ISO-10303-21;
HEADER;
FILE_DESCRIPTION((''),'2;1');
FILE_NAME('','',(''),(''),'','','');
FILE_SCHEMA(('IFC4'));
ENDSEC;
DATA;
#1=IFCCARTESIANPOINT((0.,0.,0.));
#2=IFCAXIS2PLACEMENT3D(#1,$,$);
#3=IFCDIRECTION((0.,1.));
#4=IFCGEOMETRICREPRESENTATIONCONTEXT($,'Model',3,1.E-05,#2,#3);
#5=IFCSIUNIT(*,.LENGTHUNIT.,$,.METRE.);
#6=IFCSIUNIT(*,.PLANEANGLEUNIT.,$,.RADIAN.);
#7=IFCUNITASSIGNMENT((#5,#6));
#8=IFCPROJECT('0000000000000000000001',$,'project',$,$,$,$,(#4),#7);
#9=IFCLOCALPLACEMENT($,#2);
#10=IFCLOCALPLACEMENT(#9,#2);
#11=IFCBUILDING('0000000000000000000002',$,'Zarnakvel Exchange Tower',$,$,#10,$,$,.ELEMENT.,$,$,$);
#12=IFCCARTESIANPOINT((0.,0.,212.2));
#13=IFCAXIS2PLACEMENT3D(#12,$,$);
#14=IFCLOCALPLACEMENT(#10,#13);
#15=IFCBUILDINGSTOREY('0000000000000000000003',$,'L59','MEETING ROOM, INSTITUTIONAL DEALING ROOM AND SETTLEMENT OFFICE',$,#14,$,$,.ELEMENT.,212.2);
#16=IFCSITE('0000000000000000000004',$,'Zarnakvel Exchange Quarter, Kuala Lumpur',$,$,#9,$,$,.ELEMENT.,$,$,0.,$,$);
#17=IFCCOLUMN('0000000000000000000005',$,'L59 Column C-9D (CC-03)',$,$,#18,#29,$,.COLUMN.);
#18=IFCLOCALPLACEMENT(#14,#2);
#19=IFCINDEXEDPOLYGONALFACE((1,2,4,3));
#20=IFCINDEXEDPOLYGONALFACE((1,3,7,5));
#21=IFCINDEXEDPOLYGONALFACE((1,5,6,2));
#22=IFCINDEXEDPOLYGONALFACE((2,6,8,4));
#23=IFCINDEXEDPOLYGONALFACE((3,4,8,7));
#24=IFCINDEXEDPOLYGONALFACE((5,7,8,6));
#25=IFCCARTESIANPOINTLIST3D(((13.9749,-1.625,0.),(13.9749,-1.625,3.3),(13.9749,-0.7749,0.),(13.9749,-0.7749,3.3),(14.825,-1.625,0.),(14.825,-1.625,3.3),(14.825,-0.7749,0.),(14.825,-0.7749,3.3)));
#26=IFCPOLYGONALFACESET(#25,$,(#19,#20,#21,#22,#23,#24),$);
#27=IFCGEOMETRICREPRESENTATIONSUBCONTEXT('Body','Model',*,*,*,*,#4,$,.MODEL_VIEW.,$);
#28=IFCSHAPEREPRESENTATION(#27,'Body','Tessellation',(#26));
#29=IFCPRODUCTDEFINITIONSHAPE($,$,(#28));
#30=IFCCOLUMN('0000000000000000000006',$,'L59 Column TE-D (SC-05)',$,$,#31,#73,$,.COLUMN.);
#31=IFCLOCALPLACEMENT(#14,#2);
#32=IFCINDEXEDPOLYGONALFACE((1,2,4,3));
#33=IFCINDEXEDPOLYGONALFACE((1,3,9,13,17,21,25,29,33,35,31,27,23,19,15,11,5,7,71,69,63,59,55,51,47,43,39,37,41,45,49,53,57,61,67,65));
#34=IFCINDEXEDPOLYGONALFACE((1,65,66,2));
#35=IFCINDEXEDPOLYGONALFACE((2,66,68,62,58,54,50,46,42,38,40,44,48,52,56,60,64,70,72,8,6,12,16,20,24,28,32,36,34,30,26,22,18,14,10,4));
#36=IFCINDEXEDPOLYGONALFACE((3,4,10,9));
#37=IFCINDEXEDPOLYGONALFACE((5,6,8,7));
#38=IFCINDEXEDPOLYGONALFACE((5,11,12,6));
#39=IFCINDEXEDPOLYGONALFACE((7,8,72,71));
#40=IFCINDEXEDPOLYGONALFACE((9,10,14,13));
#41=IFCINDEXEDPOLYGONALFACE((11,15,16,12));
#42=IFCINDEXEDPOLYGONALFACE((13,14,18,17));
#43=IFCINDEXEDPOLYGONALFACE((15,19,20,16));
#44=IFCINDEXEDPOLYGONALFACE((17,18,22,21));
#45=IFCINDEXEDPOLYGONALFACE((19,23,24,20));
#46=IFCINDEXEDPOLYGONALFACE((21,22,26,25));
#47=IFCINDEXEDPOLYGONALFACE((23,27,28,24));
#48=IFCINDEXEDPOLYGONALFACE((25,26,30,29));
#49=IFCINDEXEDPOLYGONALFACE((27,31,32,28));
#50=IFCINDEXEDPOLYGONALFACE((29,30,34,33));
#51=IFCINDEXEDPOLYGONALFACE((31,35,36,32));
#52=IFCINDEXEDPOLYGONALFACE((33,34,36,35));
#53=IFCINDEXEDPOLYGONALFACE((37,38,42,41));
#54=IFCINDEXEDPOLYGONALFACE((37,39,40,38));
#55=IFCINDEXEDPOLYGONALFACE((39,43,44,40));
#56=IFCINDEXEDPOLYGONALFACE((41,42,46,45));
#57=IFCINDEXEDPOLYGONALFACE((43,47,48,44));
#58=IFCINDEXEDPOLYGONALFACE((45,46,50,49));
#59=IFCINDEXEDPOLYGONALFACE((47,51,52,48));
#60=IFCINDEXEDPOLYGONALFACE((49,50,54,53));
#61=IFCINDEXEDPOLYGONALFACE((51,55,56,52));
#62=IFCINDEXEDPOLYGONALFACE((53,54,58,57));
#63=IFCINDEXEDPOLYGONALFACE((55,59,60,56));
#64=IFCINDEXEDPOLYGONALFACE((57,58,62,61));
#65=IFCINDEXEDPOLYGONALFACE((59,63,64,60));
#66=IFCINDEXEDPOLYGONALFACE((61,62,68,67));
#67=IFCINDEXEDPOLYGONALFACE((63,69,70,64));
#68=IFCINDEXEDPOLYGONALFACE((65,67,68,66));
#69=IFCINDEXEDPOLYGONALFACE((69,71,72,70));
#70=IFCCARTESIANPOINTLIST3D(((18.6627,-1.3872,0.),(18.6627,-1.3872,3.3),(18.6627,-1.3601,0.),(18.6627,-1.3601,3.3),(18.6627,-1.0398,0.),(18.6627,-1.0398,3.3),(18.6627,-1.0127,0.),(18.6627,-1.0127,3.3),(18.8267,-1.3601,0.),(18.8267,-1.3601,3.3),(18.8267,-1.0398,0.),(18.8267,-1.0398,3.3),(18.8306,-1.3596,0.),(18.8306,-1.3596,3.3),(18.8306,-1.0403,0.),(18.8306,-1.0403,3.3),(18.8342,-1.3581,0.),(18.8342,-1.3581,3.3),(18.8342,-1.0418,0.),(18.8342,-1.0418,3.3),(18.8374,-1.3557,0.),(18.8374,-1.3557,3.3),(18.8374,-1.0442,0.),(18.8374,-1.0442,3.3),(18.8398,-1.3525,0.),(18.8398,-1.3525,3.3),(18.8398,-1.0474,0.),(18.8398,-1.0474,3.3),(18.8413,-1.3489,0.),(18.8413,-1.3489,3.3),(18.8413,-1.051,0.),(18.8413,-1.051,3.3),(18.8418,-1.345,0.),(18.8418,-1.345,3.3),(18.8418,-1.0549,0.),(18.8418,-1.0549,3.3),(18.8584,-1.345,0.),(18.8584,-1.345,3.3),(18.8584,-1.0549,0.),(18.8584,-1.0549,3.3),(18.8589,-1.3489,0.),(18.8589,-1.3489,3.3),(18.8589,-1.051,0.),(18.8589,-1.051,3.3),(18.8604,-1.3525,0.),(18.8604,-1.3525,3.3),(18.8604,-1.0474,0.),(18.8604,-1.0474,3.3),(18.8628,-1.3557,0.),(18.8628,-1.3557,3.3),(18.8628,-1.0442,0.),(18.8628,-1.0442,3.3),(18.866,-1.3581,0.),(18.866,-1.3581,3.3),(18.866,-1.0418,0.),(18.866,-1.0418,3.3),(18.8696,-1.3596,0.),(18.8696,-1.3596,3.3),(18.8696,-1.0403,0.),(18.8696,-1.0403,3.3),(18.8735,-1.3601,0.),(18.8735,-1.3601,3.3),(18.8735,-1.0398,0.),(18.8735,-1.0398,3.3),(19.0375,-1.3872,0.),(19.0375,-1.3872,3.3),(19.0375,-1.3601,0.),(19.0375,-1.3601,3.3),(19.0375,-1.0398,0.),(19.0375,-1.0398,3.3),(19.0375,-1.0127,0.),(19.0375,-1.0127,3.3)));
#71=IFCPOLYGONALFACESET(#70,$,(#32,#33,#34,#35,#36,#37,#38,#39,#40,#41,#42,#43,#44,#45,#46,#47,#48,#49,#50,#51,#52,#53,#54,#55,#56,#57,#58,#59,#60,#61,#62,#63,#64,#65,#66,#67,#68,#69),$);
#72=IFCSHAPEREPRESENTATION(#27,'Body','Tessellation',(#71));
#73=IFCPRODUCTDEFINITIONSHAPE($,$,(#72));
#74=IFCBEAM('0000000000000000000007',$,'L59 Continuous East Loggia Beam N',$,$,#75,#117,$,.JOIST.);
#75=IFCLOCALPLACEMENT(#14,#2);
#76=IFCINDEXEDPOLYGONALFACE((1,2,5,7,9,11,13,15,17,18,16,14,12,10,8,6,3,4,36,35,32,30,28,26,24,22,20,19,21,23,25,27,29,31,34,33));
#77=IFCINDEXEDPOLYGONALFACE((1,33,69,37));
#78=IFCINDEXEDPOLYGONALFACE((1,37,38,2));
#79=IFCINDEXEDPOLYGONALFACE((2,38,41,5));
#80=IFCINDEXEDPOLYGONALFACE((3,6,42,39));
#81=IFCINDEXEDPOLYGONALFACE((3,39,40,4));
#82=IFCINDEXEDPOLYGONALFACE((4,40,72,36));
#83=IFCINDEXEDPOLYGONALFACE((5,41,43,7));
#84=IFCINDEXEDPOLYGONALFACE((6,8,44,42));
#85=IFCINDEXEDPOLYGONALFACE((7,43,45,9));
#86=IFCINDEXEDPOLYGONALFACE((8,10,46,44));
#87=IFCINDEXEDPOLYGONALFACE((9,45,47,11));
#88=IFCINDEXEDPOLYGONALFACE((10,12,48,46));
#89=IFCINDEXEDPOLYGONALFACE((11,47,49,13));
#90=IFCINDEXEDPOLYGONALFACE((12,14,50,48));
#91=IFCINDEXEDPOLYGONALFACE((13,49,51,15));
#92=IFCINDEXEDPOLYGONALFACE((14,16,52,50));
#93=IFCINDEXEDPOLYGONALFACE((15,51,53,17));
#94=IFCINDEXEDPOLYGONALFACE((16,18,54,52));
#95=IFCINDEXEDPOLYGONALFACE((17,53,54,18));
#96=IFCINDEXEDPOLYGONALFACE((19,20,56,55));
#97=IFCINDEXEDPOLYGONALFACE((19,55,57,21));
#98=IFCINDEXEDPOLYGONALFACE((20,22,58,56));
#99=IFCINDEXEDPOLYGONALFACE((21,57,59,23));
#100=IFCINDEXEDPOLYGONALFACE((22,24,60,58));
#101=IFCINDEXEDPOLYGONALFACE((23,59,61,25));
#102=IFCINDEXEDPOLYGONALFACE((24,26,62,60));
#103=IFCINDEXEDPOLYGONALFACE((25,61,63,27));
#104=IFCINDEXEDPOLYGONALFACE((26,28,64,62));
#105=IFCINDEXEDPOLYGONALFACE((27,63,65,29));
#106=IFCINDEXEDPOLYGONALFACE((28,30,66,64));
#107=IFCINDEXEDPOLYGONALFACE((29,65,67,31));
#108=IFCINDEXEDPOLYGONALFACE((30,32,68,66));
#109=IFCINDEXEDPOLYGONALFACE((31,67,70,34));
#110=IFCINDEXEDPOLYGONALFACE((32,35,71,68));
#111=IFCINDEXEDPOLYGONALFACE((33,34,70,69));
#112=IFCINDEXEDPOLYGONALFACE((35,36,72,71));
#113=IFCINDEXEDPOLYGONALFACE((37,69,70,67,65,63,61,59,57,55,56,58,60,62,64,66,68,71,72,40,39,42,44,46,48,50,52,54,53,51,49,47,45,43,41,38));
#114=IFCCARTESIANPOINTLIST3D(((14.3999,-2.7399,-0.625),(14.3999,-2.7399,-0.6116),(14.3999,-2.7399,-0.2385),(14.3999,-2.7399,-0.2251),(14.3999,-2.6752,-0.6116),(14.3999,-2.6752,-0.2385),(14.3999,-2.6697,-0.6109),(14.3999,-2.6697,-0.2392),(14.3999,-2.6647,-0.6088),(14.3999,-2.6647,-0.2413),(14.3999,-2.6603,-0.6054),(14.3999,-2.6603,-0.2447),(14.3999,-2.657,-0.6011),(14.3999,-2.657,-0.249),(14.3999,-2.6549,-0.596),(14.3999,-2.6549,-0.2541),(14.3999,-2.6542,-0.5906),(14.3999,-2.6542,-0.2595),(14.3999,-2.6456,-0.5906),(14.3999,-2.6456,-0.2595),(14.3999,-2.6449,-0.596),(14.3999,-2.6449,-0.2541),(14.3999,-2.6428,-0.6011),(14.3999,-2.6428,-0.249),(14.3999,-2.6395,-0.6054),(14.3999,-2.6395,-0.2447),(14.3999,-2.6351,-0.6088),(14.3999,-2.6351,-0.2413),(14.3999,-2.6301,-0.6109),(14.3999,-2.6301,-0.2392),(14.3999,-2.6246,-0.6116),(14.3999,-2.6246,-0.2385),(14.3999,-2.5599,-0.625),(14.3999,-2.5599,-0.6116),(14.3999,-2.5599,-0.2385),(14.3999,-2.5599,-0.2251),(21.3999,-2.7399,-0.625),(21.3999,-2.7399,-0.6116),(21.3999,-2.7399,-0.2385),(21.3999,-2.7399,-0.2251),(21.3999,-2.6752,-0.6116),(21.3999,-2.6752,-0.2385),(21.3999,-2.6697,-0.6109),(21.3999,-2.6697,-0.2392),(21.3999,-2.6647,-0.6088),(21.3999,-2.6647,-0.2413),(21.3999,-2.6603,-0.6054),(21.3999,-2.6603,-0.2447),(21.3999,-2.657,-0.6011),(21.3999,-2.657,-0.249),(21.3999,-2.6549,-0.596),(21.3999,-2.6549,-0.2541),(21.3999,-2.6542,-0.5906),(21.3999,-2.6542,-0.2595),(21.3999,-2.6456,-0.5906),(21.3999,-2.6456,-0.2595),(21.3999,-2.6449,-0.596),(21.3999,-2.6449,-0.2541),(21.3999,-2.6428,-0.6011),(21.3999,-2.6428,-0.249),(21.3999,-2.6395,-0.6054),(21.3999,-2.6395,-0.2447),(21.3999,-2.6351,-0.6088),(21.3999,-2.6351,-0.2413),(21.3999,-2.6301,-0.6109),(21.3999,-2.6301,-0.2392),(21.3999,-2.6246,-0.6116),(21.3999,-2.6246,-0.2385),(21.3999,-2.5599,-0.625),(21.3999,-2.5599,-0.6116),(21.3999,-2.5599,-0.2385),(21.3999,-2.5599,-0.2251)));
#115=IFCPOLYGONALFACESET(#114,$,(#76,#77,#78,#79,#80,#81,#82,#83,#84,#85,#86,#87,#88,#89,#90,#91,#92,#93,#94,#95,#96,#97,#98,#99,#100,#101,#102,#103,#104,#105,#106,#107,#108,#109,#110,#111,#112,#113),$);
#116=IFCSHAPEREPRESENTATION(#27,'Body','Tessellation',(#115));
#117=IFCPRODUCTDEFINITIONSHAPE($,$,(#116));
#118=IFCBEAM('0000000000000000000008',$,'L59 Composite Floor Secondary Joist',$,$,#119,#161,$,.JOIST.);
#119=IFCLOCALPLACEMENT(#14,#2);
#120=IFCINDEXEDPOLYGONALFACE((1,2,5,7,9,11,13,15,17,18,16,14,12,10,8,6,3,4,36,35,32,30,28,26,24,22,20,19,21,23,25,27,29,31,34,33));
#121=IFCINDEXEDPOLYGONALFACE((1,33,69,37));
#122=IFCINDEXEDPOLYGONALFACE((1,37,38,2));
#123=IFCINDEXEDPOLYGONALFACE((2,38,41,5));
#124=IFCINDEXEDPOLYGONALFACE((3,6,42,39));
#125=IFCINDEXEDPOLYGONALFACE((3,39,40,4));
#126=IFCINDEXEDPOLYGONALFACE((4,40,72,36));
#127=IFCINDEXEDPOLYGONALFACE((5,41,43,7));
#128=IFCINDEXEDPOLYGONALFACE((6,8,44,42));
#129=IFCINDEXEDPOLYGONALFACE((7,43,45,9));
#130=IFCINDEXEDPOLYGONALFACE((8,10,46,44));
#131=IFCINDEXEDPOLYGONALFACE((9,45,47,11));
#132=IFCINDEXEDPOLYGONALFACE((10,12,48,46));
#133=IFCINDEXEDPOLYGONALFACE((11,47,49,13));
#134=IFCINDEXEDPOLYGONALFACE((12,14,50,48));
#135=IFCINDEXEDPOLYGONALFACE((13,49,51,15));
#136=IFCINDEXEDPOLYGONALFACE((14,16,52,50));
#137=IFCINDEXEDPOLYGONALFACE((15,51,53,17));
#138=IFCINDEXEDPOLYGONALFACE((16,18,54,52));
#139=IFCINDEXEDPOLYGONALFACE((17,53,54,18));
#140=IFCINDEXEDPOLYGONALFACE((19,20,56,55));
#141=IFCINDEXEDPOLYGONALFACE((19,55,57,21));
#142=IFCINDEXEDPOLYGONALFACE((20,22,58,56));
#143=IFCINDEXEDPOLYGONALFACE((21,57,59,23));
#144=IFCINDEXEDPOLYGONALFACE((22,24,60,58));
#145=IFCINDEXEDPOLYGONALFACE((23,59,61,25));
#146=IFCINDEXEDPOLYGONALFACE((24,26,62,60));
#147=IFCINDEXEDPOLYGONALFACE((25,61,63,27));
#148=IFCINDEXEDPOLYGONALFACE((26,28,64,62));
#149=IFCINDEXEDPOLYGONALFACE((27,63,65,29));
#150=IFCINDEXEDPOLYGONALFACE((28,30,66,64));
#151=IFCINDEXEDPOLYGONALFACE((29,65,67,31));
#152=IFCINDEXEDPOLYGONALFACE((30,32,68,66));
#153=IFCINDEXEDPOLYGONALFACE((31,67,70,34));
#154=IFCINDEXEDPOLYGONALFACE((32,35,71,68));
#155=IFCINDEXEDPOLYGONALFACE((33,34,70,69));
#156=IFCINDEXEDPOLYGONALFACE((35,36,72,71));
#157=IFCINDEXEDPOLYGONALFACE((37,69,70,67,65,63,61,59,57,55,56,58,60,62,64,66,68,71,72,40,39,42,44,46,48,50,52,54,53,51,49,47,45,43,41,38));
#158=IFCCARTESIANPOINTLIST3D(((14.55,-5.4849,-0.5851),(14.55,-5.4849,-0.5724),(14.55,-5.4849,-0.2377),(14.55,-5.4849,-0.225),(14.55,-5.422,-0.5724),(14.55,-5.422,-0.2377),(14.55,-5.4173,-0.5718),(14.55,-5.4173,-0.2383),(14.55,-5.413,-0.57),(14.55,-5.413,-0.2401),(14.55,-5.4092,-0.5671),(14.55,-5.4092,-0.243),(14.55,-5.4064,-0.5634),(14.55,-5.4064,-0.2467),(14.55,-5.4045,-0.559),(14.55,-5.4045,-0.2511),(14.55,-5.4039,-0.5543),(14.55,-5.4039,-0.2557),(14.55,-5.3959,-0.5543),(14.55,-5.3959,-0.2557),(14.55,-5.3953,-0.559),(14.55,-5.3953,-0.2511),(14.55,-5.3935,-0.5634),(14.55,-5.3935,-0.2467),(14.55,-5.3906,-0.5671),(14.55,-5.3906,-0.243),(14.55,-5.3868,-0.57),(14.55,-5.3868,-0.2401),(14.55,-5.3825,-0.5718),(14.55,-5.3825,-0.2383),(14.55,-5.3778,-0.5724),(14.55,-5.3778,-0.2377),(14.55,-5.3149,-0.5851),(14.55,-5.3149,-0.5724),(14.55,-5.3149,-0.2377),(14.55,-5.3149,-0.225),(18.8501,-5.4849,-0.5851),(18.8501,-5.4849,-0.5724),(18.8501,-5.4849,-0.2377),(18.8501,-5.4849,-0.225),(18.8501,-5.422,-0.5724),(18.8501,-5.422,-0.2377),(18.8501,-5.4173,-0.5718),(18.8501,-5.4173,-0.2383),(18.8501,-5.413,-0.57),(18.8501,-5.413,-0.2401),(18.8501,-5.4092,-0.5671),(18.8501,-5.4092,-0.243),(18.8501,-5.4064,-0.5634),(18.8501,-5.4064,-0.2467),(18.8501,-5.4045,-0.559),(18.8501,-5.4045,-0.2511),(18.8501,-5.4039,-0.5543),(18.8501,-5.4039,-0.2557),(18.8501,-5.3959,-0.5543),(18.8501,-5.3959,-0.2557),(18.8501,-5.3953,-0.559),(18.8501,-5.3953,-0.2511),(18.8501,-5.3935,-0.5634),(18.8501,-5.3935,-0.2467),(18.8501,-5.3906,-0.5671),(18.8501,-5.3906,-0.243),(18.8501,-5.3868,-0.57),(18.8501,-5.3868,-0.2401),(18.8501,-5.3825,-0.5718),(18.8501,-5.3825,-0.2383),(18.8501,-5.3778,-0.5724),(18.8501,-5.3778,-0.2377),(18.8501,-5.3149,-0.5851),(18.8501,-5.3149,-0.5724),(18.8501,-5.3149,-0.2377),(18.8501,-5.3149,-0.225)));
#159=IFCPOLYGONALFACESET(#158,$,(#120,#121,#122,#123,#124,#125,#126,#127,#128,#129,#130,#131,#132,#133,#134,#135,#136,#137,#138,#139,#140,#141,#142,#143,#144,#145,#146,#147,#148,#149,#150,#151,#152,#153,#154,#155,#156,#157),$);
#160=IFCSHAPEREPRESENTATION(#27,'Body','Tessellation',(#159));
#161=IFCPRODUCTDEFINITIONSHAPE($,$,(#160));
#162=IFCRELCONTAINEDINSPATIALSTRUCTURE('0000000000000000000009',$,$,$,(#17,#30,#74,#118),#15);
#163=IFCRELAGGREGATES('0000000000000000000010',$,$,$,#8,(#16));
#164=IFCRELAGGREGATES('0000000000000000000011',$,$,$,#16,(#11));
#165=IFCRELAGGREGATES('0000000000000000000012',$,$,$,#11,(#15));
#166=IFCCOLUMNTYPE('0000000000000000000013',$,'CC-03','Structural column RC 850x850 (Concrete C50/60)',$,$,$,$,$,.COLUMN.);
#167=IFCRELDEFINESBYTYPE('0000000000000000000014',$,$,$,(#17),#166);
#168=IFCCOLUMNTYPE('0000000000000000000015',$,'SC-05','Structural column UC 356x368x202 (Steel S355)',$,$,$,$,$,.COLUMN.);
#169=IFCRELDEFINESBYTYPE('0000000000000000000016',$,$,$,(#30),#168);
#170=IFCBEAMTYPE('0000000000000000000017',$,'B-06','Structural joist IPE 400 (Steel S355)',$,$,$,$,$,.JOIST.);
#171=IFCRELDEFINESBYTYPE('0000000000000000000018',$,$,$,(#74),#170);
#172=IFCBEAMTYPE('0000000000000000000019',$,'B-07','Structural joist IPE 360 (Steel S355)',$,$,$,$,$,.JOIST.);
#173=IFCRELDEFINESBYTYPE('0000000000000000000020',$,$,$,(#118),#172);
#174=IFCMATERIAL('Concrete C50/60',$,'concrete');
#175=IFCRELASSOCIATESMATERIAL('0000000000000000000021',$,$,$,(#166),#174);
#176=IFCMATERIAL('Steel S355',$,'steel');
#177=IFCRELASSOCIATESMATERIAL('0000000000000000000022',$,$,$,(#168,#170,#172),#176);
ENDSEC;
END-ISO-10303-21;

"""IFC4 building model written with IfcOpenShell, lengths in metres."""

from ifc_helpers import new_model, si_unit, direction, frame, origin, origin_2d, place, context, subcontext, project, spatial, rectangle, i_section, extrude, material, material_profile, profile_set, type_object, element, save


model = new_model("IFC4")

# Units and contexts
model_context = context("Model", 3, precision=1e-05, world=origin(), true_north=direction((0.0, 1.0)))
body_context = subcontext(model_context, "Body", "Model", "MODEL_VIEW")
ifc_project = project(units=[si_unit("LENGTHUNIT", "METRE"), si_unit("PLANEANGLEUNIT", "RADIAN")], contexts=[model_context])

# Site, building, storey
site_placement = place(None, origin())
site = spatial("IfcSite", under=ifc_project, at=site_placement, Name="Zarnakvel Exchange Quarter, Kuala Lumpur", CompositionType="ELEMENT", RefElevation=0.0)
building_placement = place(site_placement, origin())
building = spatial("IfcBuilding", under=site, at=building_placement, Name="Zarnakvel Exchange Tower", CompositionType="ELEMENT")
storey_placement = place(building_placement, frame((0.0, 0.0, 212.2)))
storey = spatial("IfcBuildingStorey", under=building, at=storey_placement, Name="L59", Description="MEETING ROOM, INSTITUTIONAL DEALING ROOM AND SETTLEMENT OFFICE", CompositionType="ELEMENT", Elevation=212.2)

# Columns
ifc_material_1 = material(Name="Concrete C50/60", Category="concrete")
ifc_material_profile_1 = material_profile(ifc_material_1, rectangle(XDim=0.8501, YDim=0.8501, at=origin_2d()))
ifc_profile_set_1 = profile_set([ifc_material_profile_1], Name="Concrete C50/60")
column_type_1 = type_object("IfcColumnType", Name="CC-03", Description="Structural column RC 850x850 (Concrete C50/60)", PredefinedType="COLUMN", material=ifc_profile_set_1)
column_1_placement = place(storey_placement, frame((14.3999, -1.2, 0.0), z_axis=(0.0, 0.0, 1.0), x_axis=(1.0, 0.0, 0.0)))
element("IfcColumn", 1, at=column_1_placement, inside=storey, type_object=column_type_1, Name="L59 Column C-9D (CC-03)", PredefinedType="COLUMN", context=body_context, shape_type="SweptSolid", body=[
    extrude(rectangle(XDim=0.8501, YDim=0.8501, at=origin_2d()), origin(), (0.0, 0.0, 1.0), 3.3),
])
ifc_material_2 = material(Name="Steel S355", Category="steel")
ifc_material_profile_2 = material_profile(ifc_material_2, i_section(OverallWidth=0.3748, OverallDepth=0.3745, WebThickness=0.0166, FlangeThickness=0.0271, FilletRadius=0.0151, at=origin_2d()))
ifc_profile_set_2 = profile_set([ifc_material_profile_2], Name="Steel S355")
column_type_2 = type_object("IfcColumnType", Name="SC-05", Description="Structural column UC 356x368x202 (Steel S355)", PredefinedType="COLUMN", material=ifc_profile_set_2)
column_2_placement = place(storey_placement, frame((18.8501, -1.2, 0.0), z_axis=(0.0, 0.0, 1.0), x_axis=(1.0, 0.0, 0.0)))
element("IfcColumn", 2, at=column_2_placement, inside=storey, type_object=column_type_2, Name="L59 Column TE-D (SC-05)", PredefinedType="COLUMN", context=body_context, shape_type="SweptSolid", body=[
    extrude(i_section(OverallWidth=0.3748, OverallDepth=0.3745, WebThickness=0.0166, FlangeThickness=0.0271, FilletRadius=0.0151, at=origin_2d()), origin(), (0.0, 0.0, 1.0), 3.3),
])

# Beams
ifc_material_profile_3 = material_profile(ifc_material_2, i_section(OverallWidth=0.1799, OverallDepth=0.3999, WebThickness=0.0085, FlangeThickness=0.0134, FilletRadius=0.021, at=origin_2d()))
ifc_profile_set_3 = profile_set([ifc_material_profile_3], Name="Steel S355")
beam_type_1 = type_object("IfcBeamType", Name="B-06", Description="Structural joist IPE 400 (Steel S355)", PredefinedType="JOIST", material=ifc_profile_set_3)
beam_1_placement = place(storey_placement, frame((14.3999, -2.6499, -0.425), z_axis=(1.0, 0.0, 0.0), x_axis=(0.0, 1.0, 0.0)))
element("IfcBeam", 3, at=beam_1_placement, inside=storey, type_object=beam_type_1, Name="L59 Continuous East Loggia Beam N", PredefinedType="JOIST", context=body_context, shape_type="SweptSolid", body=[
    extrude(i_section(OverallWidth=0.1799, OverallDepth=0.3999, WebThickness=0.0085, FlangeThickness=0.0134, FilletRadius=0.021, at=origin_2d()), origin(), (0.0, 0.0, 1.0), 7.0),
])
ifc_material_profile_4 = material_profile(ifc_material_2, i_section(OverallWidth=0.1699, OverallDepth=0.3601, WebThickness=0.0081, FlangeThickness=0.0127, FilletRadius=0.0181, at=origin_2d()))
ifc_profile_set_4 = profile_set([ifc_material_profile_4], Name="Steel S355")
beam_type_2 = type_object("IfcBeamType", Name="B-07", Description="Structural joist IPE 360 (Steel S355)", PredefinedType="JOIST", material=ifc_profile_set_4)
beam_2_placement = place(storey_placement, frame((14.55, -5.3999, -0.405), z_axis=(1.0, 0.0, 0.0), x_axis=(0.0, 1.0, 0.0)))
element("IfcBeam", 4, at=beam_2_placement, inside=storey, type_object=beam_type_2, Name="L59 Composite Floor Secondary Joist", PredefinedType="JOIST", context=body_context, shape_type="SweptSolid", body=[
    extrude(i_section(OverallWidth=0.1699, OverallDepth=0.3601, WebThickness=0.0081, FlangeThickness=0.0127, FilletRadius=0.0181, at=origin_2d()), origin(), (0.0, 0.0, 1.0), 4.3),
])

save(model, "model.ifc")
